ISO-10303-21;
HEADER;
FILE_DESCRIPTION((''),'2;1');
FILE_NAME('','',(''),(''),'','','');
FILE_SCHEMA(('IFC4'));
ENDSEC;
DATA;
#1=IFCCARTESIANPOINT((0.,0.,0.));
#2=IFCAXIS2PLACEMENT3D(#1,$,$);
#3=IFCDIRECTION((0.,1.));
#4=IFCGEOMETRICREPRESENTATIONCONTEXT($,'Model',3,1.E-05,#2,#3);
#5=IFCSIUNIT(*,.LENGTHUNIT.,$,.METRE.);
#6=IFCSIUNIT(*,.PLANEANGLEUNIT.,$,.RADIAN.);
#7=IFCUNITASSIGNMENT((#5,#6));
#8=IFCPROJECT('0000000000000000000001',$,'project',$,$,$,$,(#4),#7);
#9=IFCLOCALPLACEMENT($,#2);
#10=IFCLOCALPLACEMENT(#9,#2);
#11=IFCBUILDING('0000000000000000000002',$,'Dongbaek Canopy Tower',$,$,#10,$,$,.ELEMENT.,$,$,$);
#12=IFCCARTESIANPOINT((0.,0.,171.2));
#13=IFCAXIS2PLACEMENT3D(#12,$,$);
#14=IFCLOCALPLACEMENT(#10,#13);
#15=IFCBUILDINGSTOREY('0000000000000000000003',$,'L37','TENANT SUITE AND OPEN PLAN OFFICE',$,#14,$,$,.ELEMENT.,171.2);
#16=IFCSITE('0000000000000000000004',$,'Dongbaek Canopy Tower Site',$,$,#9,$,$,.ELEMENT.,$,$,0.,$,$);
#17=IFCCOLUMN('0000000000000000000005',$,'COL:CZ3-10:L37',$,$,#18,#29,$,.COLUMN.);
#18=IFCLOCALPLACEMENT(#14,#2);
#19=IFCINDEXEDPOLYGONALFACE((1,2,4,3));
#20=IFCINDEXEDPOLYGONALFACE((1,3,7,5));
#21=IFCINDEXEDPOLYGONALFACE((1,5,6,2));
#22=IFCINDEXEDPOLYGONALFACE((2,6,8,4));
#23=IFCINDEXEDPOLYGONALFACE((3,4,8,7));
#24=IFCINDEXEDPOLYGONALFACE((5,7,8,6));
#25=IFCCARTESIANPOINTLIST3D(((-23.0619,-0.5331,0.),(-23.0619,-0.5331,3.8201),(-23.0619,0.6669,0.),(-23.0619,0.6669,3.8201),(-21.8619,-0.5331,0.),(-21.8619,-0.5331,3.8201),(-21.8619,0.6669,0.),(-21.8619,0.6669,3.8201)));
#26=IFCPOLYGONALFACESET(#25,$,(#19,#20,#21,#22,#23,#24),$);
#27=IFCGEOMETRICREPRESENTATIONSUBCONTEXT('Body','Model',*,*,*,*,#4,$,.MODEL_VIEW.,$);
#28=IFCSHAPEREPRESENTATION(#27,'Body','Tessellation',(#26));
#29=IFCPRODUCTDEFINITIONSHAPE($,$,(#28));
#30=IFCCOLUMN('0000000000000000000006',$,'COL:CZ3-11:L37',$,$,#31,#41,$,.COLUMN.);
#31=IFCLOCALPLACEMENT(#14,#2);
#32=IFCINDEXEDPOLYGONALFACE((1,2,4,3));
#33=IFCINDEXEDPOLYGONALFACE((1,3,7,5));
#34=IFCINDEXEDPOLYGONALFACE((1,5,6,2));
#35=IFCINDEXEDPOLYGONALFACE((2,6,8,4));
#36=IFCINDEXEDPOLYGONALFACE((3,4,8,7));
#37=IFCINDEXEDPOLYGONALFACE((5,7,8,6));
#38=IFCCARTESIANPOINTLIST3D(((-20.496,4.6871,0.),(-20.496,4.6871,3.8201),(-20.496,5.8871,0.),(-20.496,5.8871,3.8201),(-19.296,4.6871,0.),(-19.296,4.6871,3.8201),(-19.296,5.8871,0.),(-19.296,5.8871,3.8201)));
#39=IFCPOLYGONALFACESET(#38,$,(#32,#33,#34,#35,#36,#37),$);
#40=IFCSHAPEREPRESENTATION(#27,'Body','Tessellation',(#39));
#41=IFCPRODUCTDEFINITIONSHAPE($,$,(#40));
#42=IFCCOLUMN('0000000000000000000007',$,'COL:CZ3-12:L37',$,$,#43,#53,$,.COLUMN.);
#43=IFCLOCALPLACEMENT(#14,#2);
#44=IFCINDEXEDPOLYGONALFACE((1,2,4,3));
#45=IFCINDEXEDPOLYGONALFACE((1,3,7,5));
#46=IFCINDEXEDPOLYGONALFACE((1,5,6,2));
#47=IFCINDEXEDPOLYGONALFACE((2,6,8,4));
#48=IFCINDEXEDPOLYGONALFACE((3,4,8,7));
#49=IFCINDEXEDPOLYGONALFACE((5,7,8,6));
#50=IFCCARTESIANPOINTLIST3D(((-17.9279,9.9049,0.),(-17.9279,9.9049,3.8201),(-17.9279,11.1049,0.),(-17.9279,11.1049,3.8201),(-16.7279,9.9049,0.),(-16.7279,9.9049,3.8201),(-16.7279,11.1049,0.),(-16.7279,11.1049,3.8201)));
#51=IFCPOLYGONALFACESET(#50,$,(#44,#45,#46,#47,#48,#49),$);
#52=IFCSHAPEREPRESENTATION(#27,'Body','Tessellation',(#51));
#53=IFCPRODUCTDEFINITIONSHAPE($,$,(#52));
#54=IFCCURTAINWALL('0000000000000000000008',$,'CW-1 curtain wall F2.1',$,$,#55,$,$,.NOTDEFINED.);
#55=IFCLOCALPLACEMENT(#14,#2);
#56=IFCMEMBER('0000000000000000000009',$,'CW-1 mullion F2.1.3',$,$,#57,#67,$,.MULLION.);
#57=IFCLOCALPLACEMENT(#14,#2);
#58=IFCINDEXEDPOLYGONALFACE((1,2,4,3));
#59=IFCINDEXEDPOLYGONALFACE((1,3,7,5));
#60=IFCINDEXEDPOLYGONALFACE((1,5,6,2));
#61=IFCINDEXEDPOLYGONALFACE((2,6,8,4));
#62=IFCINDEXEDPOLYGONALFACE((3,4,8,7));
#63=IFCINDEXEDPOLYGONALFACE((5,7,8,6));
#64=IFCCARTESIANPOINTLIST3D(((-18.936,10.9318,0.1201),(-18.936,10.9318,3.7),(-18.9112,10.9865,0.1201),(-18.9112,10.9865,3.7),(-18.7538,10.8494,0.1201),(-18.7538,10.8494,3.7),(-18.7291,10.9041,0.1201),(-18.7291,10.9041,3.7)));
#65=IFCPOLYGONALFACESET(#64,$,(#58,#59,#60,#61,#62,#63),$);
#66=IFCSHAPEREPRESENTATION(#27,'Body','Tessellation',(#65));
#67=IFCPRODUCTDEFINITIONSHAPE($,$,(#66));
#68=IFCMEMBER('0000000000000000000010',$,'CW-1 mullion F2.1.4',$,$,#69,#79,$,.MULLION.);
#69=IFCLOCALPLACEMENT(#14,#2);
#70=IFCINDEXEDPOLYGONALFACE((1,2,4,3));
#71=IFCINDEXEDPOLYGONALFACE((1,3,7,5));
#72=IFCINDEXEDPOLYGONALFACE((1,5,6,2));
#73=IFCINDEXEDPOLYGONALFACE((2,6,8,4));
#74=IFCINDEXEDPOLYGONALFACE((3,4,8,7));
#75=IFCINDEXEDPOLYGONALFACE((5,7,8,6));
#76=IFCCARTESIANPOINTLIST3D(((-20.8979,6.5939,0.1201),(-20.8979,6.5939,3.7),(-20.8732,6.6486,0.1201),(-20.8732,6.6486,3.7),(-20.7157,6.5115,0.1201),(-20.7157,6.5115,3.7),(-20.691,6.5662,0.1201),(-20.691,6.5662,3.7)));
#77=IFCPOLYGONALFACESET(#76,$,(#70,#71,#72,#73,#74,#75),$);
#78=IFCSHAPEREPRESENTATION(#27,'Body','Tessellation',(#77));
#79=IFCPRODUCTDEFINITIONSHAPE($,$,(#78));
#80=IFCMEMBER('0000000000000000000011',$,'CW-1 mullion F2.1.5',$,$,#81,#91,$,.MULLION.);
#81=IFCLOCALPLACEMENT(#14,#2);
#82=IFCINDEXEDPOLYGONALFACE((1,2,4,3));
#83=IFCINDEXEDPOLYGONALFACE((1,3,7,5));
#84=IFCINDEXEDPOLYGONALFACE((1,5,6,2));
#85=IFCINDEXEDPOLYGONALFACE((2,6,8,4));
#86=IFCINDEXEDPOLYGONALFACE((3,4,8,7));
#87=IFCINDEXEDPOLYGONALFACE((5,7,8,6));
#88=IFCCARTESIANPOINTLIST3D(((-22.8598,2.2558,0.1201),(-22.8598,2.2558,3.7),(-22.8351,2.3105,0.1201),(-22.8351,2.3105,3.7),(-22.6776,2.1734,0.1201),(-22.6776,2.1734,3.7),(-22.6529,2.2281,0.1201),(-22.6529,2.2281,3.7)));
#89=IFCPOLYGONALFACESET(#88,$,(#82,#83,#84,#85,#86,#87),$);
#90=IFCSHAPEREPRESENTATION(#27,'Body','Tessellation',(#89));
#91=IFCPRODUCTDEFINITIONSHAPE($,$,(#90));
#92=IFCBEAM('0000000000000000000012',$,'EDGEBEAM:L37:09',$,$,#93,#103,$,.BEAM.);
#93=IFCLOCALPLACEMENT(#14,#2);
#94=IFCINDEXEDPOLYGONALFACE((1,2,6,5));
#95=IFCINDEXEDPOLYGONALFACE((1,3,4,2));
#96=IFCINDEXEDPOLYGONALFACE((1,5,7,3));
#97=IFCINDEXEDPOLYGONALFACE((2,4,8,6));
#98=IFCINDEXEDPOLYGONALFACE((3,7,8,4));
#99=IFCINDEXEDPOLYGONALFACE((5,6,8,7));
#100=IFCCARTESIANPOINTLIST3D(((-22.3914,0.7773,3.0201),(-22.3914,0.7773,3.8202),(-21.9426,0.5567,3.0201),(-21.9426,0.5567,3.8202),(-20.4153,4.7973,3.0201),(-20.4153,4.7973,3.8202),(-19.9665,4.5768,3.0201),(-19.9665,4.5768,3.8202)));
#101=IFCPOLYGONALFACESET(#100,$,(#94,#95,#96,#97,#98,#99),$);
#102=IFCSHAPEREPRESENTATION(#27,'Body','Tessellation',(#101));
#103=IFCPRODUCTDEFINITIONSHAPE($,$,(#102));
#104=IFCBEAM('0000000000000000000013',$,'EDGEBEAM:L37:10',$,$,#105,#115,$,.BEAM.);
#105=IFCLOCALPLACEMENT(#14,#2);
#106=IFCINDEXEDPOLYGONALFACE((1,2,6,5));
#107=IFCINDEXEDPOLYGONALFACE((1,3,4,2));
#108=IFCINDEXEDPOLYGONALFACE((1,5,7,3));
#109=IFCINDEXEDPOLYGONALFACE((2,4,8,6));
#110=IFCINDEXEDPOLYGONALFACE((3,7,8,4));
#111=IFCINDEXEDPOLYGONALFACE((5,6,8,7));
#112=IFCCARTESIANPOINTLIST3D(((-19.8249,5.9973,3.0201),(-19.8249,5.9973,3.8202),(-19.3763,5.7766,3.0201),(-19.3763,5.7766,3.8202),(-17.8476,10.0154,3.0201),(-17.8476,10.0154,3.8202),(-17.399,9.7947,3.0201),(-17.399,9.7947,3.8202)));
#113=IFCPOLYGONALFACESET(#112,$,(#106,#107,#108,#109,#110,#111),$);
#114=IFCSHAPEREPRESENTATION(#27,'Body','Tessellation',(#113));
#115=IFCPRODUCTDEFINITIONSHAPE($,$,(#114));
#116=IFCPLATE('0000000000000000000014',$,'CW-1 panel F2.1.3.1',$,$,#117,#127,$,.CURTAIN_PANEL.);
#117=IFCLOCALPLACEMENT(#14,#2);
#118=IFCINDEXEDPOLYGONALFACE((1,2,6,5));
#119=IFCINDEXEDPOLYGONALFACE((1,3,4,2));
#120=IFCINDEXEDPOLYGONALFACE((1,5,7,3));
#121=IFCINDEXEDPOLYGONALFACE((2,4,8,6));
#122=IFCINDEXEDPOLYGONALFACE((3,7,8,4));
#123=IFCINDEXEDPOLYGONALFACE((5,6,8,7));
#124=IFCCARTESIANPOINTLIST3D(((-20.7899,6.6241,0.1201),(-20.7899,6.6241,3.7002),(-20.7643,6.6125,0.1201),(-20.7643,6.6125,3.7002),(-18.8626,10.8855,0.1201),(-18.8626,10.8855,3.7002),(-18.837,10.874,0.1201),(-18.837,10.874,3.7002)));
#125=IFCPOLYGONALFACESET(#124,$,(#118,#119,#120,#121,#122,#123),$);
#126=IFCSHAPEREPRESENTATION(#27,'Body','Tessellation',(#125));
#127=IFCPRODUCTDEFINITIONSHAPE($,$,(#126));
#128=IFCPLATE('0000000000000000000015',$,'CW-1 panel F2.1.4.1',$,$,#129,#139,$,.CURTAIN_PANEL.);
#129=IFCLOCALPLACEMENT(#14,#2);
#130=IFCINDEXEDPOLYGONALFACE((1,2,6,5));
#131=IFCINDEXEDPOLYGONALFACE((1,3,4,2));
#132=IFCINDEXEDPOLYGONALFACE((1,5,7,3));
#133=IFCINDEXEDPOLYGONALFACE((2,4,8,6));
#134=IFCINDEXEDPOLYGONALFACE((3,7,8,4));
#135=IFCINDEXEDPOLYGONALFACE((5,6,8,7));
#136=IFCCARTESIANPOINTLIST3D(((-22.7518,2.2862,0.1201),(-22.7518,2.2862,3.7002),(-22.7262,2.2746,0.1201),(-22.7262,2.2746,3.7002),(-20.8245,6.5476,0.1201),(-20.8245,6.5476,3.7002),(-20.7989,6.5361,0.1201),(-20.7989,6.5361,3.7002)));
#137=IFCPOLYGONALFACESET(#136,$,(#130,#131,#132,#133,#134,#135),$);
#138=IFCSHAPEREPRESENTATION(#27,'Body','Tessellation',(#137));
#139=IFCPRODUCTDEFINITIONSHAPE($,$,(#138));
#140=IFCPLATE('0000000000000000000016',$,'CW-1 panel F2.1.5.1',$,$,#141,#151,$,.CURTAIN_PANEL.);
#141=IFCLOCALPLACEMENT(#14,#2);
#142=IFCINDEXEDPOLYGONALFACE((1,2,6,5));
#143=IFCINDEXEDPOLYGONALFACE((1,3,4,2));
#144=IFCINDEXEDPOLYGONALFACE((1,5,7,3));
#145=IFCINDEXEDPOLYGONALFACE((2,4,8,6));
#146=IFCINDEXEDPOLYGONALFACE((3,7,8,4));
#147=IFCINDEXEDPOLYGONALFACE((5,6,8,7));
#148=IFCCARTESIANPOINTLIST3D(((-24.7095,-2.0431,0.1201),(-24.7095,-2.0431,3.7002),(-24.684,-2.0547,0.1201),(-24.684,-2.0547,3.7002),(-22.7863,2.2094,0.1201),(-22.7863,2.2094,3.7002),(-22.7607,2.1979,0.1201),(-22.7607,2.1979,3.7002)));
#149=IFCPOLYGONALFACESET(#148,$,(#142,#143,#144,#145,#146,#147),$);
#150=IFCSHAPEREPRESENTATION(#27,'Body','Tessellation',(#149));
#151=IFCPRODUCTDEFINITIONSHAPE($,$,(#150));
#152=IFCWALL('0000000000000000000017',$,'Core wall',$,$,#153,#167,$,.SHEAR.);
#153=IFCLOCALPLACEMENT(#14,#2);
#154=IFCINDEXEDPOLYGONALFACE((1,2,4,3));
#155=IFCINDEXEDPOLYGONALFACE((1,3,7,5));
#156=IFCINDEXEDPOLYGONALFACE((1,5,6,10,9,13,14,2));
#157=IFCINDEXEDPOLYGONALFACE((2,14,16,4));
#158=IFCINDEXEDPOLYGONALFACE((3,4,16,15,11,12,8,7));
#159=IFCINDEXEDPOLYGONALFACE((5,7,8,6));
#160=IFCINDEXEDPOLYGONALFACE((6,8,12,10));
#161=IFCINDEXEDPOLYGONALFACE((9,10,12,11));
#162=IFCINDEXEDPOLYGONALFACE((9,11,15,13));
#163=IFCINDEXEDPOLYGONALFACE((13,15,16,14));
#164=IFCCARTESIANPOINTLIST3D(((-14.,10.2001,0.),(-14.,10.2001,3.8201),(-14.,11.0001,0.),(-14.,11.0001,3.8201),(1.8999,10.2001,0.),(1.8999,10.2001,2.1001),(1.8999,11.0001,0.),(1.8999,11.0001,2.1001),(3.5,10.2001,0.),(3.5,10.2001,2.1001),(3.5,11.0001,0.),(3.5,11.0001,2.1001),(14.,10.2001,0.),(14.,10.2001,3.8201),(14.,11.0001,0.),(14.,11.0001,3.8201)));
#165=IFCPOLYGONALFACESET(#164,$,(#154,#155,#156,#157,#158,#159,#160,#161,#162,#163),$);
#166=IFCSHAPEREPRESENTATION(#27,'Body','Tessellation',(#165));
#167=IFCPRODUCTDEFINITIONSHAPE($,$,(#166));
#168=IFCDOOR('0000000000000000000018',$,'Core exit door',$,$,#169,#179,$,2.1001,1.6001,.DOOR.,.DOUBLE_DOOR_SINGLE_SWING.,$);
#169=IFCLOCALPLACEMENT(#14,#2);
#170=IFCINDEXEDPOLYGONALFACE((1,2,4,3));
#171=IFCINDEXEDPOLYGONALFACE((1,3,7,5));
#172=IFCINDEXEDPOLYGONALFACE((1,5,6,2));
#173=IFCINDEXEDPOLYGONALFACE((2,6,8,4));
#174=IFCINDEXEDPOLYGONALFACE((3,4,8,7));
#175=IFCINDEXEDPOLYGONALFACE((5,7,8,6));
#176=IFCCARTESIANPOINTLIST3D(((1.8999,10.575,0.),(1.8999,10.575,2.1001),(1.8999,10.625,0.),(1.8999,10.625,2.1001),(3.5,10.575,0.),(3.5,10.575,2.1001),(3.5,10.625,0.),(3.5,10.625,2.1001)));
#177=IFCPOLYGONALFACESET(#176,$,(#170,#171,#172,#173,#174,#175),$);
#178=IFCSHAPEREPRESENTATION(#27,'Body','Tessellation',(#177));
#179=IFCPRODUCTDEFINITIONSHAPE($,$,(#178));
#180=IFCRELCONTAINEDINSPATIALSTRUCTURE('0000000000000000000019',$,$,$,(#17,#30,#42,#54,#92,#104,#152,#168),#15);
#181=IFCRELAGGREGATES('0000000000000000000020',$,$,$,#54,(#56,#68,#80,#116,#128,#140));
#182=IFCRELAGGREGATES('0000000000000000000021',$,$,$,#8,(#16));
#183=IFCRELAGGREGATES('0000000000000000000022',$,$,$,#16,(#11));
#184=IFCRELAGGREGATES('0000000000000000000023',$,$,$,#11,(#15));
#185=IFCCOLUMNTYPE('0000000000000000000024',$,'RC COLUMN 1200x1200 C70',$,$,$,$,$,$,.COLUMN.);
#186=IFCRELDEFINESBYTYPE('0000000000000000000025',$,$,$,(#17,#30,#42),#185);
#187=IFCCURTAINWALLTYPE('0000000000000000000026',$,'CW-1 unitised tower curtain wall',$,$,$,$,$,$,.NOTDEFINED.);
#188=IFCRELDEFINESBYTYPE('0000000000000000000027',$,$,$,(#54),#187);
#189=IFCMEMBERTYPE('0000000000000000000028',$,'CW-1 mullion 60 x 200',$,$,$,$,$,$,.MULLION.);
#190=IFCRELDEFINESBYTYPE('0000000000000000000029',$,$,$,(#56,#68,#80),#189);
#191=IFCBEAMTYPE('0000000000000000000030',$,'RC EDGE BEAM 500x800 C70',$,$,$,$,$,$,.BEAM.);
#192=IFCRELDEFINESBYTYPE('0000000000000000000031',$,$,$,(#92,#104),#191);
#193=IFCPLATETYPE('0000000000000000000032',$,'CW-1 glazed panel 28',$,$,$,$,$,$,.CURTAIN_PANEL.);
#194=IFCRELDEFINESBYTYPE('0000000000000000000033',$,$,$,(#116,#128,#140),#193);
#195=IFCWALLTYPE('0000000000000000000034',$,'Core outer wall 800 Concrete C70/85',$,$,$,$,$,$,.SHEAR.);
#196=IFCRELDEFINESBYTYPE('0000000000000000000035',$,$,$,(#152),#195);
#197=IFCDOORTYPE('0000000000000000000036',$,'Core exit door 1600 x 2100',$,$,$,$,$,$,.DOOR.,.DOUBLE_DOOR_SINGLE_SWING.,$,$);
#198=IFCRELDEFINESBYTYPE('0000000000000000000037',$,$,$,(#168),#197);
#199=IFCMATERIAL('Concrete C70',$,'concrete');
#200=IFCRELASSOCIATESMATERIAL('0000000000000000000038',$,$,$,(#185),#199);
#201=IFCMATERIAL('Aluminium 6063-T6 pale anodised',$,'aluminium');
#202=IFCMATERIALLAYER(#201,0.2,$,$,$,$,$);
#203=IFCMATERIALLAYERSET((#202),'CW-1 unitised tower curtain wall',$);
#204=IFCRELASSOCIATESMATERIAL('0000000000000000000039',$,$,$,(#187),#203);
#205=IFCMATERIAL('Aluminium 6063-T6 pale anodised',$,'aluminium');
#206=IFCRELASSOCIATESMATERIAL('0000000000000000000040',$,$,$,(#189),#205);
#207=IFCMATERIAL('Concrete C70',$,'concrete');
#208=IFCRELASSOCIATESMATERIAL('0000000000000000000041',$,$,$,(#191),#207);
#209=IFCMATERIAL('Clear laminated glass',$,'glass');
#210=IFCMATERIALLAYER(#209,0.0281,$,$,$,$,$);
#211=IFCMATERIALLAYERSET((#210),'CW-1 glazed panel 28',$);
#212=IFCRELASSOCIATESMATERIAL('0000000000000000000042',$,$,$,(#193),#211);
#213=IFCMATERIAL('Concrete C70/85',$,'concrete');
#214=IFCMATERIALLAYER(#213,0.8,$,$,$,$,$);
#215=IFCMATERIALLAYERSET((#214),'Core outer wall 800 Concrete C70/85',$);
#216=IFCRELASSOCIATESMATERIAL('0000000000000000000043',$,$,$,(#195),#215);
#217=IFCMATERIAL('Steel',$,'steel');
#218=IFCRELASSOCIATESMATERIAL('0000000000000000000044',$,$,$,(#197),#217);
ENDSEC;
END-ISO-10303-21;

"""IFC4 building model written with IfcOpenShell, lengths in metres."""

from ifc_helpers import new_model, si_unit, direction, frame, frame_2d, origin, origin_2d, place, context, subcontext, project, spatial, rectangle, extrude, material, layer, layer_set, material_profile, profile_set, type_object, element, fill, aggregate, save


model = new_model("IFC4")

# Units and contexts
model_context = context("Model", 3, precision=1e-05, world=origin(), true_north=direction((0.0, 1.0)))
body_context = subcontext(model_context, "Body", "Model", "MODEL_VIEW")
ifc_project = project(units=[si_unit("LENGTHUNIT", "METRE"), si_unit("PLANEANGLEUNIT", "RADIAN")], contexts=[model_context])

# Site, building, storey
site_placement = place(None, origin())
site = spatial("IfcSite", under=ifc_project, at=site_placement, Name="Dongbaek Canopy Tower Site", CompositionType="ELEMENT", RefElevation=0.0)
building_placement = place(site_placement, origin())
building = spatial("IfcBuilding", under=site, at=building_placement, Name="Dongbaek Canopy Tower", CompositionType="ELEMENT")
storey_placement = place(building_placement, frame((0.0, 0.0, 171.2)))
storey = spatial("IfcBuildingStorey", under=building, at=storey_placement, Name="L37", Description="TENANT SUITE AND OPEN PLAN OFFICE", CompositionType="ELEMENT", Elevation=171.2)

# Columns
ifc_material_1 = material(Name="Concrete C70", Category="concrete")
ifc_material_profile_1 = material_profile(ifc_material_1, rectangle(XDim=1.2, YDim=1.2, at=origin_2d()), Name="RC COLUMN 1200x1200 C70")
ifc_profile_set_1 = profile_set([ifc_material_profile_1], Name="Concrete C70")
column_type = type_object("IfcColumnType", Name="RC COLUMN 1200x1200 C70", PredefinedType="COLUMN", material=ifc_profile_set_1)
for number, where, z_axis, x_axis, name in (
    (1, (-22.4619, 0.0669, 0.0), (0.0, 0.0, 1.0), (1.0, 0.0, 0.0), "COL:CZ3-10:L37"),
    (2, (-19.896, 5.2871, 0.0), (0.0, 0.0, 1.0), (1.0, 0.0, 0.0), "COL:CZ3-11:L37"),
    (3, (-17.3279, 10.5049, 0.0), (0.0, 0.0, 1.0), (1.0, 0.0, 0.0), "COL:CZ3-12:L37"),
):
    element("IfcColumn", number, at=place(storey_placement, frame(where, z_axis=z_axis, x_axis=x_axis)), inside=storey, type_object=column_type, Name=name, PredefinedType="COLUMN", context=body_context, shape_type="SweptSolid", body=[
        extrude(rectangle(XDim=1.2, YDim=1.2, at=origin_2d()), origin(), (0.0, 0.0, 1.0), 3.8201),
    ])

# Curtain wall, members
ifc_material_2 = material(Name="Aluminium 6063-T6 pale anodised", Category="aluminium")
ifc_layer_1 = layer(ifc_material_2, 0.2)
ifc_layer_set_1 = layer_set([ifc_layer_1], Name="CW-1 unitised tower curtain wall")
curtain_wall_type = type_object("IfcCurtainWallType", Name="CW-1 unitised tower curtain wall", PredefinedType="NOTDEFINED", material=ifc_layer_set_1)
curtain_wall_placement = place(storey_placement, origin())
curtain_wall = element("IfcCurtainWall", 4, at=curtain_wall_placement, inside=storey, type_object=curtain_wall_type, Name="CW-1 curtain wall F2.1", PredefinedType="NOTDEFINED")
ifc_material_3 = material(Name="Aluminium 6063-T6 pale anodised", Category="aluminium")
ifc_material_profile_2 = material_profile(ifc_material_3, rectangle(XDim=0.2, YDim=0.0601, at=origin_2d()), Name="CW-1 mullion 60 x 200")
ifc_profile_set_2 = profile_set([ifc_material_profile_2], Name="Aluminium 6063-T6 pale anodised")
member_type = type_object("IfcMemberType", Name="CW-1 mullion 60 x 200", PredefinedType="MULLION", material=ifc_profile_set_2)
member_1_placement = place(storey_placement, frame((-18.8325, 10.918, 0.1201), z_axis=(0.0, 0.0, 1.0), x_axis=(-0.911148, 0.41208, 0.0)))
member_1 = element("IfcMember", 5, at=member_1_placement, type_object=member_type, Name="CW-1 mullion F2.1.3", PredefinedType="MULLION", context=body_context, shape_type="SweptSolid", body=[
    extrude(rectangle(XDim=0.2, YDim=0.0601, at=origin_2d()), origin(), (0.0, 0.0, 1.0), 3.5798),
])
member_2_placement = place(storey_placement, frame((-20.7944, 6.5801, 0.1201), z_axis=(0.0, 0.0, 1.0), x_axis=(-0.911148, 0.41208, 0.0)))
member_2 = element("IfcMember", 6, at=member_2_placement, type_object=member_type, Name="CW-1 mullion F2.1.4", PredefinedType="MULLION", context=body_context, shape_type="SweptSolid", body=[
    extrude(rectangle(XDim=0.2, YDim=0.0601, at=origin_2d()), origin(), (0.0, 0.0, 1.0), 3.5798),
])
member_3_placement = place(storey_placement, frame((-22.7563, 2.2419, 0.1201), z_axis=(0.0, 0.0, 1.0), x_axis=(-0.911148, 0.41208, 0.0)))
member_3 = element("IfcMember", 7, at=member_3_placement, type_object=member_type, Name="CW-1 mullion F2.1.5", PredefinedType="MULLION", context=body_context, shape_type="SweptSolid", body=[
    extrude(rectangle(XDim=0.2, YDim=0.0601, at=origin_2d()), origin(), (0.0, 0.0, 1.0), 3.5798),
])

# Beams
ifc_material_4 = material(Name="Concrete C70", Category="concrete")
ifc_material_profile_3 = material_profile(ifc_material_4, rectangle(XDim=0.5, YDim=0.8, at=origin_2d()), Name="RC EDGE BEAM 500x800 C70")
ifc_profile_set_3 = profile_set([ifc_material_profile_3], Name="Concrete C70")
beam_type = type_object("IfcBeamType", Name="RC EDGE BEAM 500x800 C70", PredefinedType="BEAM", material=ifc_profile_set_3)
beam_1_placement = place(storey_placement, frame((-22.167, 0.667, 3.4202), z_axis=(0.441143, 0.897437, 0.0), x_axis=(-0.897437, 0.441143, 0.0)))
element("IfcBeam", 8, at=beam_1_placement, inside=storey, type_object=beam_type, Name="EDGEBEAM:L37:09", PredefinedType="BEAM", context=body_context, shape_type="SweptSolid", body=[
    extrude(rectangle(XDim=0.5, YDim=0.8, at=origin_2d()), origin(), (0.0, 0.0, 1.0), 4.4795),
])
beam_2_placement = place(storey_placement, frame((-19.6006, 5.887, 3.4202), z_axis=(0.441535, 0.897244, 0.0), x_axis=(-0.897244, 0.441535, 0.0)))
element("IfcBeam", 9, at=beam_2_placement, inside=storey, type_object=beam_type, Name="EDGEBEAM:L37:10", PredefinedType="BEAM", context=body_context, shape_type="SweptSolid", body=[
    extrude(rectangle(XDim=0.5, YDim=0.8, at=origin_2d()), origin(), (0.0, 0.0, 1.0), 4.4783),
])

# Plates
ifc_material_5 = material(Name="Clear laminated glass", Category="glass")
ifc_layer_2 = layer(ifc_material_5, 0.0281)
ifc_layer_set_2 = layer_set([ifc_layer_2], Name="CW-1 glazed panel 28")
plate_type = type_object("IfcPlateType", Name="CW-1 glazed panel 28", PredefinedType="CURTAIN_PANEL", material=ifc_layer_set_2)
plate_1_placement = place(storey_placement, frame((-19.8135, 8.749, 0.1201), z_axis=(0.0, 0.0, 1.0), x_axis=(-0.41208, -0.911148, 0.0)))
plate_1 = element("IfcPlate", 10, at=plate_1_placement, type_object=plate_type, Name="CW-1 panel F2.1.3.1", PredefinedType="CURTAIN_PANEL", context=body_context, shape_type="SweptSolid", body=[
    extrude(rectangle(XDim=4.677, YDim=0.0281, at=origin_2d()), origin(), (0.0, 0.0, 1.0), 3.5801),
])
plate_2_placement = place(storey_placement, frame((-21.7754, 4.4111, 0.1201), z_axis=(0.0, 0.0, 1.0), x_axis=(-0.41208, -0.911148, 0.0)))
plate_2 = element("IfcPlate", 11, at=plate_2_placement, type_object=plate_type, Name="CW-1 panel F2.1.4.1", PredefinedType="CURTAIN_PANEL", context=body_context, shape_type="SweptSolid", body=[
    extrude(rectangle(XDim=4.677, YDim=0.0281, at=origin_2d()), origin(), (0.0, 0.0, 1.0), 3.5801),
])
plate_3_placement = place(storey_placement, frame((-23.7351, 0.0774, 0.1201), z_axis=(0.0, 0.0, 1.0), x_axis=(-0.41208, -0.911148, 0.0)))
plate_3 = element("IfcPlate", 12, at=plate_3_placement, type_object=plate_type, Name="CW-1 panel F2.1.5.1", PredefinedType="CURTAIN_PANEL", context=body_context, shape_type="SweptSolid", body=[
    extrude(rectangle(XDim=4.6672, YDim=0.0281, at=origin_2d()), origin(), (0.0, 0.0, 1.0), 3.5801),
])

# Wall, opening, door
ifc_material_6 = material(Name="Concrete C70/85", Category="concrete")
ifc_layer_3 = layer(ifc_material_6, 0.8)
ifc_layer_set_3 = layer_set([ifc_layer_3], Name="Core outer wall 800 Concrete C70/85")
wall_type_1 = type_object("IfcWallType", Name="Core outer wall 800 Concrete C70/85", PredefinedType="SHEAR", material=ifc_layer_set_3)
wall_1_placement = place(storey_placement, frame((-14.0, 10.6001, 0.0), z_axis=(0.0, 0.0, 1.0), x_axis=(1.0, 0.0, 0.0)))
wall_1 = element("IfcWall", 13, at=wall_1_placement, inside=storey, type_object=wall_type_1, Name="Core wall", PredefinedType="SHEAR", context=body_context, shape_type="SweptSolid", body=[
    extrude(rectangle(XDim=28.0, YDim=0.8, at=frame_2d((14.0, 0.0))), origin(), (0.0, 0.0, 1.0), 3.8201),
])
opening_placement = place(wall_1_placement, frame((15.8999, 0.0, 0.0)))
opening = element("IfcOpeningElement", 14, at=opening_placement, cuts=wall_1, PredefinedType="OPENING", context=body_context, shape_type="SweptSolid", body=[
    extrude(rectangle(XDim=1.6001, YDim=2.1001, at=frame_2d((0.8, 1.05))), frame((0.0, 0.4099, 0.0), z_axis=(0.0, -1.0, 0.0), x_axis=(1.0, 0.0, 0.0)), (0.0, 0.0, 1.0), 0.8201),
])
ifc_material_7 = material(Name="Steel", Category="steel")
door_type = type_object("IfcDoorType", Name="Core exit door 1600 x 2100", OperationType="DOUBLE_DOOR_SINGLE_SWING", PredefinedType="DOOR", material=ifc_material_7)
door_placement = place(opening_placement, origin())
door = element("IfcDoor", 15, at=door_placement, inside=storey, type_object=door_type, Name="Core exit door", OperationType="DOUBLE_DOOR_SINGLE_SWING", OverallHeight=2.1001, OverallWidth=1.6001, PredefinedType="DOOR", context=body_context, shape_type="SweptSolid", body=[
    extrude(rectangle(XDim=1.6001, YDim=2.1001, at=frame_2d((0.8, 1.05))), frame((0.0, 0.0249, 0.0), z_axis=(0.0, -1.0, 0.0), x_axis=(1.0, 0.0, 0.0)), (0.0, 0.0, 1.0), 0.05),
])
fill(opening, door)

aggregate(curtain_wall, [member_1, member_2, member_3, plate_1, plate_2, plate_3])

save(model, "model.ifc")
